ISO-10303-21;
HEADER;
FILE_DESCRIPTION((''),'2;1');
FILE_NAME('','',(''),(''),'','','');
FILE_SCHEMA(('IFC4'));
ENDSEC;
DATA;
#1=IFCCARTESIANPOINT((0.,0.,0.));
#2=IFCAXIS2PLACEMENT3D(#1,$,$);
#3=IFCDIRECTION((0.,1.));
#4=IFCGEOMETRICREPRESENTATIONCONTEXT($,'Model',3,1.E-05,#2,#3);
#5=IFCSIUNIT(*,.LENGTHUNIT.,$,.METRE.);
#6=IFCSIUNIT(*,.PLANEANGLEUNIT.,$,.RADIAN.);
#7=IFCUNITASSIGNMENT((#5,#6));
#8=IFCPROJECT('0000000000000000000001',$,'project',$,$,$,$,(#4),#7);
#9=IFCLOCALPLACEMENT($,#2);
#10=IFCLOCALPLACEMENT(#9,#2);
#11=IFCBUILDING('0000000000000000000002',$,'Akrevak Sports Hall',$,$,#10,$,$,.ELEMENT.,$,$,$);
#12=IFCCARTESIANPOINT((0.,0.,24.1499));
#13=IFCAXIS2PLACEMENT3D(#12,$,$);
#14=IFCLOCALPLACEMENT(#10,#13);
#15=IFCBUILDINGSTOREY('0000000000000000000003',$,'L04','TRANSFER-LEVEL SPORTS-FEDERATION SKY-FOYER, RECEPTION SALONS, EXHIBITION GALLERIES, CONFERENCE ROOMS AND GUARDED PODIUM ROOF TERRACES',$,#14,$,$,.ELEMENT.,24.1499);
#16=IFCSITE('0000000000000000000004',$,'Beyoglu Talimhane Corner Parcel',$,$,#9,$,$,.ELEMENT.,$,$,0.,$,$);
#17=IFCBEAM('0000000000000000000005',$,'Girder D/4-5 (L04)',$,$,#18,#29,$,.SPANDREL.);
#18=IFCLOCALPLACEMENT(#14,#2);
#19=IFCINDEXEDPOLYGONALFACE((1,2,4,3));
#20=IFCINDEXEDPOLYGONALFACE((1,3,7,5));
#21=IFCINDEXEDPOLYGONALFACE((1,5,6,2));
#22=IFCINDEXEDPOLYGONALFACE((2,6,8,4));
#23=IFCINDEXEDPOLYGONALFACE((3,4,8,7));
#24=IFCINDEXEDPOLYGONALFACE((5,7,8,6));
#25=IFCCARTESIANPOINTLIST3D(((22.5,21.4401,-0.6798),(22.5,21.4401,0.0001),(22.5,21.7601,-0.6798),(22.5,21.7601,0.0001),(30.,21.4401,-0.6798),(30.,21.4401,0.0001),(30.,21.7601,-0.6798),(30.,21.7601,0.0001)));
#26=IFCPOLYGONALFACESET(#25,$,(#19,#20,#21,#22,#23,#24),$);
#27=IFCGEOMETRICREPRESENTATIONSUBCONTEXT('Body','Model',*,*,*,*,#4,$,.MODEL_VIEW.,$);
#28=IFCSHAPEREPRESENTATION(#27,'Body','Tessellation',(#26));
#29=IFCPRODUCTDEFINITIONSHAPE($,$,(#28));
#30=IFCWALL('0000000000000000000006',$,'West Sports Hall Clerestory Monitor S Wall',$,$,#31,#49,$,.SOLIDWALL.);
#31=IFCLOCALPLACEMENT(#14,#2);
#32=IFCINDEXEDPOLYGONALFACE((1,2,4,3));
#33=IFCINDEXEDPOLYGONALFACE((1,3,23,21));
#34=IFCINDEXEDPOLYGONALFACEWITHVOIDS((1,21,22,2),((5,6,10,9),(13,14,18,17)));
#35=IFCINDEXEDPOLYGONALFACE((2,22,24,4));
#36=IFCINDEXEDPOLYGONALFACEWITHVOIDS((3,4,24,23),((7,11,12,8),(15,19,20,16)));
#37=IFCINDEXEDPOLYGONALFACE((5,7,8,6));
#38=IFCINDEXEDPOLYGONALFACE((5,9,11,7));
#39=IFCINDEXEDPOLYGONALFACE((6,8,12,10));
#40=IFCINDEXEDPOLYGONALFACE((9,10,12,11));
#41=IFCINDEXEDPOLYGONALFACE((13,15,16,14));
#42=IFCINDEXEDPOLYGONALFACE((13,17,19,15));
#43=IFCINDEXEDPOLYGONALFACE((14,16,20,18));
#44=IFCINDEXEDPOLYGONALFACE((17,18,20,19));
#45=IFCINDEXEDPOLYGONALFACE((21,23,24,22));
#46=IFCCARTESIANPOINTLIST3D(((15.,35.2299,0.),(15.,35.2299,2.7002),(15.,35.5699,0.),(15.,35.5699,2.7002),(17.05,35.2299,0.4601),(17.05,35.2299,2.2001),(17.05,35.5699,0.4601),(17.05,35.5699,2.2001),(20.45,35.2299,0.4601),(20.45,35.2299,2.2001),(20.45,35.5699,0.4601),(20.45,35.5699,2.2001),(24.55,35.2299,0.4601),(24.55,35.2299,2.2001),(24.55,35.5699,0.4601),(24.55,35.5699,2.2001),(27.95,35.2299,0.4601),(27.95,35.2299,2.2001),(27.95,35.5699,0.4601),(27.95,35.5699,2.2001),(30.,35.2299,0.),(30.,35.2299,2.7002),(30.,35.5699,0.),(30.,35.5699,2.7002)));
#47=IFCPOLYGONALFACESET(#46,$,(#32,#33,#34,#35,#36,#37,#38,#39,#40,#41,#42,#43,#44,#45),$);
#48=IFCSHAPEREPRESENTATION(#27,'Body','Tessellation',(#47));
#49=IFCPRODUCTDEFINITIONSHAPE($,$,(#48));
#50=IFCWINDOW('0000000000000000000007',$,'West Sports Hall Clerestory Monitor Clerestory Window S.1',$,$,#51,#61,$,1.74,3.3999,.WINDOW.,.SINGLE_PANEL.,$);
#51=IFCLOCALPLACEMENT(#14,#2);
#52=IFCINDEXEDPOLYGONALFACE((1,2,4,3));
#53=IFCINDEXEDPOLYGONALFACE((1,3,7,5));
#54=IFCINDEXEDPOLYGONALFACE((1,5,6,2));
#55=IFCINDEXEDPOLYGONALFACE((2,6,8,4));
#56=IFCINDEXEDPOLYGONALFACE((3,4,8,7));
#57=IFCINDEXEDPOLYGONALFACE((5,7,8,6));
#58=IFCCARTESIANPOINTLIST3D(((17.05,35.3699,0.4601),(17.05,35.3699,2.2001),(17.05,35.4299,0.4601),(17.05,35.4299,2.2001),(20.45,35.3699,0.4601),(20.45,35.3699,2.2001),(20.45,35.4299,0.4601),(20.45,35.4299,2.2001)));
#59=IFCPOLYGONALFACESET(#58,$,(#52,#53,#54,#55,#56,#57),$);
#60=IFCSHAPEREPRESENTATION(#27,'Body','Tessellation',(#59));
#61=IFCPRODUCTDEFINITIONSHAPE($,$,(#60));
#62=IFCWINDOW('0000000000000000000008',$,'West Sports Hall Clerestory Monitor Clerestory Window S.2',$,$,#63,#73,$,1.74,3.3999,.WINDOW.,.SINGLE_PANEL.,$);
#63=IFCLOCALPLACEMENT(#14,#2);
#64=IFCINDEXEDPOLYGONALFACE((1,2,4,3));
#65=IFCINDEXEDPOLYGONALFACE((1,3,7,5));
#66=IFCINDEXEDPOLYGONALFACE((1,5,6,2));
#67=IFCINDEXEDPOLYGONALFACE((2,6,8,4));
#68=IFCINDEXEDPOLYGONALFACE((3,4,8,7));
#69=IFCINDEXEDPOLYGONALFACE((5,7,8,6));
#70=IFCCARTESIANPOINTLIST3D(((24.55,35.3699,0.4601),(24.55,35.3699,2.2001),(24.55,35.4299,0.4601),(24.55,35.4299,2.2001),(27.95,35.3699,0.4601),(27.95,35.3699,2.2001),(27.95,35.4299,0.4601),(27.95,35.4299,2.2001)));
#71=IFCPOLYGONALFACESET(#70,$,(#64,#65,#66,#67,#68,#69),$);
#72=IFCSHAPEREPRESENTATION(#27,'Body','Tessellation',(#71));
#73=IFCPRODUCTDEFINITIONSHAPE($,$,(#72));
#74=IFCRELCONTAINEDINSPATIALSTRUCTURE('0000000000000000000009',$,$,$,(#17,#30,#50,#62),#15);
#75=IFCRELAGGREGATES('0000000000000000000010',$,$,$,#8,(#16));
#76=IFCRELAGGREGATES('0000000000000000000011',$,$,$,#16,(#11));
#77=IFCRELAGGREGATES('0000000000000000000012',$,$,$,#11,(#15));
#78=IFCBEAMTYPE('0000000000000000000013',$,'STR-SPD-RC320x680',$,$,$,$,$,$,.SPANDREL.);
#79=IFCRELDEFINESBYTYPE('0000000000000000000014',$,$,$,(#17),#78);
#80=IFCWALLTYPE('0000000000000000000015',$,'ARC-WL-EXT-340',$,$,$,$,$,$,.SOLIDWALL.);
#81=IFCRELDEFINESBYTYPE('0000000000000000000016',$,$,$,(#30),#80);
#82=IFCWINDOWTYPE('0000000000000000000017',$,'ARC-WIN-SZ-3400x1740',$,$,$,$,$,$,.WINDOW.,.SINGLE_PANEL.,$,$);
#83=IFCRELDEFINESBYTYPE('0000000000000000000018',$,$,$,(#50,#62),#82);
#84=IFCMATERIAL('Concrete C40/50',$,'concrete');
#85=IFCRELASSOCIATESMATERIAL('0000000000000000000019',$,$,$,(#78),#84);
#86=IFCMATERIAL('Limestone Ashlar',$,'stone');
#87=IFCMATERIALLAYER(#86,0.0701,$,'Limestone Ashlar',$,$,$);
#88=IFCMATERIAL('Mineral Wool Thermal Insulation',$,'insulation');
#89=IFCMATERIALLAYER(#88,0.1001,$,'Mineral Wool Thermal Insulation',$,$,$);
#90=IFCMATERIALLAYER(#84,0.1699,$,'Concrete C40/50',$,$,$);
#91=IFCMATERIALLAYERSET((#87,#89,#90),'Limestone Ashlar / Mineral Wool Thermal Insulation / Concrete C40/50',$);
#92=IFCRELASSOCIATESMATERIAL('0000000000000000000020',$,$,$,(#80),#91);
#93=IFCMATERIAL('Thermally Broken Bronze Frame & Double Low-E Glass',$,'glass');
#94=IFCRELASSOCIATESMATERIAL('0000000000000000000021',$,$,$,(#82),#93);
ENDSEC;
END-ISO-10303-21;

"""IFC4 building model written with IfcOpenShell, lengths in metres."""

from ifc_helpers import new_model, si_unit, direction, frame, frame_2d, origin, origin_2d, place, context, subcontext, project, spatial, rectangle, extrude, material, layer, layer_set, material_profile, profile_set, type_object, element, fill, save


model = new_model("IFC4")

# Units and contexts
model_context = context("Model", 3, precision=1e-05, world=origin(), true_north=direction((0.0, 1.0)))
body_context = subcontext(model_context, "Body", "Model", "MODEL_VIEW")
ifc_project = project(units=[si_unit("LENGTHUNIT", "METRE"), si_unit("PLANEANGLEUNIT", "RADIAN")], contexts=[model_context])

# Site, building, storey
site_placement = place(None, origin())
site = spatial("IfcSite", under=ifc_project, at=site_placement, Name="Beyoglu Talimhane Corner Parcel", CompositionType="ELEMENT", RefElevation=0.0)
building_placement = place(site_placement, origin())
building = spatial("IfcBuilding", under=site, at=building_placement, Name="Akrevak Sports Hall", CompositionType="ELEMENT")
storey_placement = place(building_placement, frame((0.0, 0.0, 24.1499)))
storey = spatial("IfcBuildingStorey", under=building, at=storey_placement, Name="L04", Description="TRANSFER-LEVEL SPORTS-FEDERATION SKY-FOYER, RECEPTION SALONS, EXHIBITION GALLERIES, CONFERENCE ROOMS AND GUARDED PODIUM ROOF TERRACES", CompositionType="ELEMENT", Elevation=24.1499)

# Beam
ifc_material_1 = material(Name="Concrete C40/50", Category="concrete")
ifc_material_profile_1 = material_profile(ifc_material_1, rectangle(XDim=0.3201, YDim=0.6799, at=origin_2d()), Name="SPD 320x680", Category="concrete")
ifc_profile_set_1 = profile_set([ifc_material_profile_1], Name="Concrete C40/50")
beam_type_1 = type_object("IfcBeamType", Name="STR-SPD-RC320x680", PredefinedType="SPANDREL", material=ifc_profile_set_1)
beam_1_placement = place(storey_placement, frame((22.5, 21.6001, -0.3398), z_axis=(1.0, 0.0, 0.0), x_axis=(0.0, 1.0, 0.0)))
element("IfcBeam", 1, at=beam_1_placement, inside=storey, type_object=beam_type_1, Name="Girder D/4-5 (L04)", PredefinedType="SPANDREL", context=body_context, shape_type="SweptSolid", body=[
    extrude(rectangle(XDim=0.3201, YDim=0.6799, at=origin_2d()), origin(), (0.0, 0.0, 1.0), 7.5),
])

# Wall, openings, windows
ifc_material_2 = material(Name="Limestone Ashlar", Category="stone")
ifc_layer_1 = layer(ifc_material_2, 0.0701, Name="Limestone Ashlar")
ifc_material_3 = material(Name="Mineral Wool Thermal Insulation", Category="insulation")
ifc_layer_2 = layer(ifc_material_3, 0.1001, Name="Mineral Wool Thermal Insulation")
ifc_layer_3 = layer(ifc_material_1, 0.1699, Name="Concrete C40/50")
ifc_layer_set_1 = layer_set([ifc_layer_1, ifc_layer_2, ifc_layer_3], Name="Limestone Ashlar / Mineral Wool Thermal Insulation / Concrete C40/50")
wall_type = type_object("IfcWallType", Name="ARC-WL-EXT-340", PredefinedType="SOLIDWALL", material=ifc_layer_set_1)
wall_placement = place(storey_placement, frame((15.0, 35.3999, 0.0), z_axis=(0.0, 0.0, 1.0), x_axis=(1.0, 0.0, 0.0)))
wall = element("IfcWall", 2, at=wall_placement, inside=storey, type_object=wall_type, Name="West Sports Hall Clerestory Monitor S Wall", PredefinedType="SOLIDWALL", context=body_context, shape_type="SweptSolid", body=[
    extrude(rectangle(XDim=15.0, YDim=0.3401, at=frame_2d((7.5, 0.0))), origin(), (0.0, 0.0, 1.0), 2.7002),
])
opening_1_placement = place(wall_placement, frame((2.05, 0.0, 0.46)))
opening_1 = element("IfcOpeningElement", 3, at=opening_1_placement, cuts=wall, PredefinedType="OPENING", context=body_context, shape_type="SweptSolid", body=[
    extrude(rectangle(XDim=3.3999, YDim=1.74, at=frame_2d((1.7, 0.8701))), frame((0.0, 0.1821, 0.0), z_axis=(0.0, -1.0, 0.0), x_axis=(1.0, 0.0, 0.0)), (0.0, 0.0, 1.0), 0.364),
])
opening_2_placement = place(wall_placement, frame((9.55, 0.0, 0.46)))
opening_2 = element("IfcOpeningElement", 4, at=opening_2_placement, cuts=wall, PredefinedType="OPENING", context=body_context, shape_type="SweptSolid", body=[
    extrude(rectangle(XDim=3.3999, YDim=1.74, at=frame_2d((1.7, 0.8701))), frame((0.0, 0.1821, 0.0), z_axis=(0.0, -1.0, 0.0), x_axis=(1.0, 0.0, 0.0)), (0.0, 0.0, 1.0), 0.364),
])
ifc_material_4 = material(Name="Thermally Broken Bronze Frame & Double Low-E Glass", Category="glass")
window_type = type_object("IfcWindowType", Name="ARC-WIN-SZ-3400x1740", PartitioningType="SINGLE_PANEL", PredefinedType="WINDOW", material=ifc_material_4)
window_1_placement = place(opening_1_placement, origin())
window_1 = element("IfcWindow", 5, at=window_1_placement, inside=storey, type_object=window_type, Name="West Sports Hall Clerestory Monitor Clerestory Window S.1", OverallHeight=1.74, OverallWidth=3.3999, PartitioningType="SINGLE_PANEL", PredefinedType="WINDOW", context=body_context, shape_type="SweptSolid", body=[
    extrude(rectangle(XDim=3.3999, YDim=1.74, at=frame_2d((1.7, 0.8701))), frame((0.0, 0.03, 0.0), z_axis=(0.0, -1.0, 0.0), x_axis=(1.0, 0.0, 0.0)), (0.0, 0.0, 1.0), 0.0601),
])
fill(opening_1, window_1)
window_2_placement = place(opening_2_placement, origin())
window_2 = element("IfcWindow", 6, at=window_2_placement, inside=storey, type_object=window_type, Name="West Sports Hall Clerestory Monitor Clerestory Window S.2", OverallHeight=1.74, OverallWidth=3.3999, PartitioningType="SINGLE_PANEL", PredefinedType="WINDOW", context=body_context, shape_type="SweptSolid", body=[
    extrude(rectangle(XDim=3.3999, YDim=1.74, at=frame_2d((1.7, 0.8701))), frame((0.0, 0.03, 0.0), z_axis=(0.0, -1.0, 0.0), x_axis=(1.0, 0.0, 0.0)), (0.0, 0.0, 1.0), 0.0601),
])
fill(opening_2, window_2)

save(model, "model.ifc")
